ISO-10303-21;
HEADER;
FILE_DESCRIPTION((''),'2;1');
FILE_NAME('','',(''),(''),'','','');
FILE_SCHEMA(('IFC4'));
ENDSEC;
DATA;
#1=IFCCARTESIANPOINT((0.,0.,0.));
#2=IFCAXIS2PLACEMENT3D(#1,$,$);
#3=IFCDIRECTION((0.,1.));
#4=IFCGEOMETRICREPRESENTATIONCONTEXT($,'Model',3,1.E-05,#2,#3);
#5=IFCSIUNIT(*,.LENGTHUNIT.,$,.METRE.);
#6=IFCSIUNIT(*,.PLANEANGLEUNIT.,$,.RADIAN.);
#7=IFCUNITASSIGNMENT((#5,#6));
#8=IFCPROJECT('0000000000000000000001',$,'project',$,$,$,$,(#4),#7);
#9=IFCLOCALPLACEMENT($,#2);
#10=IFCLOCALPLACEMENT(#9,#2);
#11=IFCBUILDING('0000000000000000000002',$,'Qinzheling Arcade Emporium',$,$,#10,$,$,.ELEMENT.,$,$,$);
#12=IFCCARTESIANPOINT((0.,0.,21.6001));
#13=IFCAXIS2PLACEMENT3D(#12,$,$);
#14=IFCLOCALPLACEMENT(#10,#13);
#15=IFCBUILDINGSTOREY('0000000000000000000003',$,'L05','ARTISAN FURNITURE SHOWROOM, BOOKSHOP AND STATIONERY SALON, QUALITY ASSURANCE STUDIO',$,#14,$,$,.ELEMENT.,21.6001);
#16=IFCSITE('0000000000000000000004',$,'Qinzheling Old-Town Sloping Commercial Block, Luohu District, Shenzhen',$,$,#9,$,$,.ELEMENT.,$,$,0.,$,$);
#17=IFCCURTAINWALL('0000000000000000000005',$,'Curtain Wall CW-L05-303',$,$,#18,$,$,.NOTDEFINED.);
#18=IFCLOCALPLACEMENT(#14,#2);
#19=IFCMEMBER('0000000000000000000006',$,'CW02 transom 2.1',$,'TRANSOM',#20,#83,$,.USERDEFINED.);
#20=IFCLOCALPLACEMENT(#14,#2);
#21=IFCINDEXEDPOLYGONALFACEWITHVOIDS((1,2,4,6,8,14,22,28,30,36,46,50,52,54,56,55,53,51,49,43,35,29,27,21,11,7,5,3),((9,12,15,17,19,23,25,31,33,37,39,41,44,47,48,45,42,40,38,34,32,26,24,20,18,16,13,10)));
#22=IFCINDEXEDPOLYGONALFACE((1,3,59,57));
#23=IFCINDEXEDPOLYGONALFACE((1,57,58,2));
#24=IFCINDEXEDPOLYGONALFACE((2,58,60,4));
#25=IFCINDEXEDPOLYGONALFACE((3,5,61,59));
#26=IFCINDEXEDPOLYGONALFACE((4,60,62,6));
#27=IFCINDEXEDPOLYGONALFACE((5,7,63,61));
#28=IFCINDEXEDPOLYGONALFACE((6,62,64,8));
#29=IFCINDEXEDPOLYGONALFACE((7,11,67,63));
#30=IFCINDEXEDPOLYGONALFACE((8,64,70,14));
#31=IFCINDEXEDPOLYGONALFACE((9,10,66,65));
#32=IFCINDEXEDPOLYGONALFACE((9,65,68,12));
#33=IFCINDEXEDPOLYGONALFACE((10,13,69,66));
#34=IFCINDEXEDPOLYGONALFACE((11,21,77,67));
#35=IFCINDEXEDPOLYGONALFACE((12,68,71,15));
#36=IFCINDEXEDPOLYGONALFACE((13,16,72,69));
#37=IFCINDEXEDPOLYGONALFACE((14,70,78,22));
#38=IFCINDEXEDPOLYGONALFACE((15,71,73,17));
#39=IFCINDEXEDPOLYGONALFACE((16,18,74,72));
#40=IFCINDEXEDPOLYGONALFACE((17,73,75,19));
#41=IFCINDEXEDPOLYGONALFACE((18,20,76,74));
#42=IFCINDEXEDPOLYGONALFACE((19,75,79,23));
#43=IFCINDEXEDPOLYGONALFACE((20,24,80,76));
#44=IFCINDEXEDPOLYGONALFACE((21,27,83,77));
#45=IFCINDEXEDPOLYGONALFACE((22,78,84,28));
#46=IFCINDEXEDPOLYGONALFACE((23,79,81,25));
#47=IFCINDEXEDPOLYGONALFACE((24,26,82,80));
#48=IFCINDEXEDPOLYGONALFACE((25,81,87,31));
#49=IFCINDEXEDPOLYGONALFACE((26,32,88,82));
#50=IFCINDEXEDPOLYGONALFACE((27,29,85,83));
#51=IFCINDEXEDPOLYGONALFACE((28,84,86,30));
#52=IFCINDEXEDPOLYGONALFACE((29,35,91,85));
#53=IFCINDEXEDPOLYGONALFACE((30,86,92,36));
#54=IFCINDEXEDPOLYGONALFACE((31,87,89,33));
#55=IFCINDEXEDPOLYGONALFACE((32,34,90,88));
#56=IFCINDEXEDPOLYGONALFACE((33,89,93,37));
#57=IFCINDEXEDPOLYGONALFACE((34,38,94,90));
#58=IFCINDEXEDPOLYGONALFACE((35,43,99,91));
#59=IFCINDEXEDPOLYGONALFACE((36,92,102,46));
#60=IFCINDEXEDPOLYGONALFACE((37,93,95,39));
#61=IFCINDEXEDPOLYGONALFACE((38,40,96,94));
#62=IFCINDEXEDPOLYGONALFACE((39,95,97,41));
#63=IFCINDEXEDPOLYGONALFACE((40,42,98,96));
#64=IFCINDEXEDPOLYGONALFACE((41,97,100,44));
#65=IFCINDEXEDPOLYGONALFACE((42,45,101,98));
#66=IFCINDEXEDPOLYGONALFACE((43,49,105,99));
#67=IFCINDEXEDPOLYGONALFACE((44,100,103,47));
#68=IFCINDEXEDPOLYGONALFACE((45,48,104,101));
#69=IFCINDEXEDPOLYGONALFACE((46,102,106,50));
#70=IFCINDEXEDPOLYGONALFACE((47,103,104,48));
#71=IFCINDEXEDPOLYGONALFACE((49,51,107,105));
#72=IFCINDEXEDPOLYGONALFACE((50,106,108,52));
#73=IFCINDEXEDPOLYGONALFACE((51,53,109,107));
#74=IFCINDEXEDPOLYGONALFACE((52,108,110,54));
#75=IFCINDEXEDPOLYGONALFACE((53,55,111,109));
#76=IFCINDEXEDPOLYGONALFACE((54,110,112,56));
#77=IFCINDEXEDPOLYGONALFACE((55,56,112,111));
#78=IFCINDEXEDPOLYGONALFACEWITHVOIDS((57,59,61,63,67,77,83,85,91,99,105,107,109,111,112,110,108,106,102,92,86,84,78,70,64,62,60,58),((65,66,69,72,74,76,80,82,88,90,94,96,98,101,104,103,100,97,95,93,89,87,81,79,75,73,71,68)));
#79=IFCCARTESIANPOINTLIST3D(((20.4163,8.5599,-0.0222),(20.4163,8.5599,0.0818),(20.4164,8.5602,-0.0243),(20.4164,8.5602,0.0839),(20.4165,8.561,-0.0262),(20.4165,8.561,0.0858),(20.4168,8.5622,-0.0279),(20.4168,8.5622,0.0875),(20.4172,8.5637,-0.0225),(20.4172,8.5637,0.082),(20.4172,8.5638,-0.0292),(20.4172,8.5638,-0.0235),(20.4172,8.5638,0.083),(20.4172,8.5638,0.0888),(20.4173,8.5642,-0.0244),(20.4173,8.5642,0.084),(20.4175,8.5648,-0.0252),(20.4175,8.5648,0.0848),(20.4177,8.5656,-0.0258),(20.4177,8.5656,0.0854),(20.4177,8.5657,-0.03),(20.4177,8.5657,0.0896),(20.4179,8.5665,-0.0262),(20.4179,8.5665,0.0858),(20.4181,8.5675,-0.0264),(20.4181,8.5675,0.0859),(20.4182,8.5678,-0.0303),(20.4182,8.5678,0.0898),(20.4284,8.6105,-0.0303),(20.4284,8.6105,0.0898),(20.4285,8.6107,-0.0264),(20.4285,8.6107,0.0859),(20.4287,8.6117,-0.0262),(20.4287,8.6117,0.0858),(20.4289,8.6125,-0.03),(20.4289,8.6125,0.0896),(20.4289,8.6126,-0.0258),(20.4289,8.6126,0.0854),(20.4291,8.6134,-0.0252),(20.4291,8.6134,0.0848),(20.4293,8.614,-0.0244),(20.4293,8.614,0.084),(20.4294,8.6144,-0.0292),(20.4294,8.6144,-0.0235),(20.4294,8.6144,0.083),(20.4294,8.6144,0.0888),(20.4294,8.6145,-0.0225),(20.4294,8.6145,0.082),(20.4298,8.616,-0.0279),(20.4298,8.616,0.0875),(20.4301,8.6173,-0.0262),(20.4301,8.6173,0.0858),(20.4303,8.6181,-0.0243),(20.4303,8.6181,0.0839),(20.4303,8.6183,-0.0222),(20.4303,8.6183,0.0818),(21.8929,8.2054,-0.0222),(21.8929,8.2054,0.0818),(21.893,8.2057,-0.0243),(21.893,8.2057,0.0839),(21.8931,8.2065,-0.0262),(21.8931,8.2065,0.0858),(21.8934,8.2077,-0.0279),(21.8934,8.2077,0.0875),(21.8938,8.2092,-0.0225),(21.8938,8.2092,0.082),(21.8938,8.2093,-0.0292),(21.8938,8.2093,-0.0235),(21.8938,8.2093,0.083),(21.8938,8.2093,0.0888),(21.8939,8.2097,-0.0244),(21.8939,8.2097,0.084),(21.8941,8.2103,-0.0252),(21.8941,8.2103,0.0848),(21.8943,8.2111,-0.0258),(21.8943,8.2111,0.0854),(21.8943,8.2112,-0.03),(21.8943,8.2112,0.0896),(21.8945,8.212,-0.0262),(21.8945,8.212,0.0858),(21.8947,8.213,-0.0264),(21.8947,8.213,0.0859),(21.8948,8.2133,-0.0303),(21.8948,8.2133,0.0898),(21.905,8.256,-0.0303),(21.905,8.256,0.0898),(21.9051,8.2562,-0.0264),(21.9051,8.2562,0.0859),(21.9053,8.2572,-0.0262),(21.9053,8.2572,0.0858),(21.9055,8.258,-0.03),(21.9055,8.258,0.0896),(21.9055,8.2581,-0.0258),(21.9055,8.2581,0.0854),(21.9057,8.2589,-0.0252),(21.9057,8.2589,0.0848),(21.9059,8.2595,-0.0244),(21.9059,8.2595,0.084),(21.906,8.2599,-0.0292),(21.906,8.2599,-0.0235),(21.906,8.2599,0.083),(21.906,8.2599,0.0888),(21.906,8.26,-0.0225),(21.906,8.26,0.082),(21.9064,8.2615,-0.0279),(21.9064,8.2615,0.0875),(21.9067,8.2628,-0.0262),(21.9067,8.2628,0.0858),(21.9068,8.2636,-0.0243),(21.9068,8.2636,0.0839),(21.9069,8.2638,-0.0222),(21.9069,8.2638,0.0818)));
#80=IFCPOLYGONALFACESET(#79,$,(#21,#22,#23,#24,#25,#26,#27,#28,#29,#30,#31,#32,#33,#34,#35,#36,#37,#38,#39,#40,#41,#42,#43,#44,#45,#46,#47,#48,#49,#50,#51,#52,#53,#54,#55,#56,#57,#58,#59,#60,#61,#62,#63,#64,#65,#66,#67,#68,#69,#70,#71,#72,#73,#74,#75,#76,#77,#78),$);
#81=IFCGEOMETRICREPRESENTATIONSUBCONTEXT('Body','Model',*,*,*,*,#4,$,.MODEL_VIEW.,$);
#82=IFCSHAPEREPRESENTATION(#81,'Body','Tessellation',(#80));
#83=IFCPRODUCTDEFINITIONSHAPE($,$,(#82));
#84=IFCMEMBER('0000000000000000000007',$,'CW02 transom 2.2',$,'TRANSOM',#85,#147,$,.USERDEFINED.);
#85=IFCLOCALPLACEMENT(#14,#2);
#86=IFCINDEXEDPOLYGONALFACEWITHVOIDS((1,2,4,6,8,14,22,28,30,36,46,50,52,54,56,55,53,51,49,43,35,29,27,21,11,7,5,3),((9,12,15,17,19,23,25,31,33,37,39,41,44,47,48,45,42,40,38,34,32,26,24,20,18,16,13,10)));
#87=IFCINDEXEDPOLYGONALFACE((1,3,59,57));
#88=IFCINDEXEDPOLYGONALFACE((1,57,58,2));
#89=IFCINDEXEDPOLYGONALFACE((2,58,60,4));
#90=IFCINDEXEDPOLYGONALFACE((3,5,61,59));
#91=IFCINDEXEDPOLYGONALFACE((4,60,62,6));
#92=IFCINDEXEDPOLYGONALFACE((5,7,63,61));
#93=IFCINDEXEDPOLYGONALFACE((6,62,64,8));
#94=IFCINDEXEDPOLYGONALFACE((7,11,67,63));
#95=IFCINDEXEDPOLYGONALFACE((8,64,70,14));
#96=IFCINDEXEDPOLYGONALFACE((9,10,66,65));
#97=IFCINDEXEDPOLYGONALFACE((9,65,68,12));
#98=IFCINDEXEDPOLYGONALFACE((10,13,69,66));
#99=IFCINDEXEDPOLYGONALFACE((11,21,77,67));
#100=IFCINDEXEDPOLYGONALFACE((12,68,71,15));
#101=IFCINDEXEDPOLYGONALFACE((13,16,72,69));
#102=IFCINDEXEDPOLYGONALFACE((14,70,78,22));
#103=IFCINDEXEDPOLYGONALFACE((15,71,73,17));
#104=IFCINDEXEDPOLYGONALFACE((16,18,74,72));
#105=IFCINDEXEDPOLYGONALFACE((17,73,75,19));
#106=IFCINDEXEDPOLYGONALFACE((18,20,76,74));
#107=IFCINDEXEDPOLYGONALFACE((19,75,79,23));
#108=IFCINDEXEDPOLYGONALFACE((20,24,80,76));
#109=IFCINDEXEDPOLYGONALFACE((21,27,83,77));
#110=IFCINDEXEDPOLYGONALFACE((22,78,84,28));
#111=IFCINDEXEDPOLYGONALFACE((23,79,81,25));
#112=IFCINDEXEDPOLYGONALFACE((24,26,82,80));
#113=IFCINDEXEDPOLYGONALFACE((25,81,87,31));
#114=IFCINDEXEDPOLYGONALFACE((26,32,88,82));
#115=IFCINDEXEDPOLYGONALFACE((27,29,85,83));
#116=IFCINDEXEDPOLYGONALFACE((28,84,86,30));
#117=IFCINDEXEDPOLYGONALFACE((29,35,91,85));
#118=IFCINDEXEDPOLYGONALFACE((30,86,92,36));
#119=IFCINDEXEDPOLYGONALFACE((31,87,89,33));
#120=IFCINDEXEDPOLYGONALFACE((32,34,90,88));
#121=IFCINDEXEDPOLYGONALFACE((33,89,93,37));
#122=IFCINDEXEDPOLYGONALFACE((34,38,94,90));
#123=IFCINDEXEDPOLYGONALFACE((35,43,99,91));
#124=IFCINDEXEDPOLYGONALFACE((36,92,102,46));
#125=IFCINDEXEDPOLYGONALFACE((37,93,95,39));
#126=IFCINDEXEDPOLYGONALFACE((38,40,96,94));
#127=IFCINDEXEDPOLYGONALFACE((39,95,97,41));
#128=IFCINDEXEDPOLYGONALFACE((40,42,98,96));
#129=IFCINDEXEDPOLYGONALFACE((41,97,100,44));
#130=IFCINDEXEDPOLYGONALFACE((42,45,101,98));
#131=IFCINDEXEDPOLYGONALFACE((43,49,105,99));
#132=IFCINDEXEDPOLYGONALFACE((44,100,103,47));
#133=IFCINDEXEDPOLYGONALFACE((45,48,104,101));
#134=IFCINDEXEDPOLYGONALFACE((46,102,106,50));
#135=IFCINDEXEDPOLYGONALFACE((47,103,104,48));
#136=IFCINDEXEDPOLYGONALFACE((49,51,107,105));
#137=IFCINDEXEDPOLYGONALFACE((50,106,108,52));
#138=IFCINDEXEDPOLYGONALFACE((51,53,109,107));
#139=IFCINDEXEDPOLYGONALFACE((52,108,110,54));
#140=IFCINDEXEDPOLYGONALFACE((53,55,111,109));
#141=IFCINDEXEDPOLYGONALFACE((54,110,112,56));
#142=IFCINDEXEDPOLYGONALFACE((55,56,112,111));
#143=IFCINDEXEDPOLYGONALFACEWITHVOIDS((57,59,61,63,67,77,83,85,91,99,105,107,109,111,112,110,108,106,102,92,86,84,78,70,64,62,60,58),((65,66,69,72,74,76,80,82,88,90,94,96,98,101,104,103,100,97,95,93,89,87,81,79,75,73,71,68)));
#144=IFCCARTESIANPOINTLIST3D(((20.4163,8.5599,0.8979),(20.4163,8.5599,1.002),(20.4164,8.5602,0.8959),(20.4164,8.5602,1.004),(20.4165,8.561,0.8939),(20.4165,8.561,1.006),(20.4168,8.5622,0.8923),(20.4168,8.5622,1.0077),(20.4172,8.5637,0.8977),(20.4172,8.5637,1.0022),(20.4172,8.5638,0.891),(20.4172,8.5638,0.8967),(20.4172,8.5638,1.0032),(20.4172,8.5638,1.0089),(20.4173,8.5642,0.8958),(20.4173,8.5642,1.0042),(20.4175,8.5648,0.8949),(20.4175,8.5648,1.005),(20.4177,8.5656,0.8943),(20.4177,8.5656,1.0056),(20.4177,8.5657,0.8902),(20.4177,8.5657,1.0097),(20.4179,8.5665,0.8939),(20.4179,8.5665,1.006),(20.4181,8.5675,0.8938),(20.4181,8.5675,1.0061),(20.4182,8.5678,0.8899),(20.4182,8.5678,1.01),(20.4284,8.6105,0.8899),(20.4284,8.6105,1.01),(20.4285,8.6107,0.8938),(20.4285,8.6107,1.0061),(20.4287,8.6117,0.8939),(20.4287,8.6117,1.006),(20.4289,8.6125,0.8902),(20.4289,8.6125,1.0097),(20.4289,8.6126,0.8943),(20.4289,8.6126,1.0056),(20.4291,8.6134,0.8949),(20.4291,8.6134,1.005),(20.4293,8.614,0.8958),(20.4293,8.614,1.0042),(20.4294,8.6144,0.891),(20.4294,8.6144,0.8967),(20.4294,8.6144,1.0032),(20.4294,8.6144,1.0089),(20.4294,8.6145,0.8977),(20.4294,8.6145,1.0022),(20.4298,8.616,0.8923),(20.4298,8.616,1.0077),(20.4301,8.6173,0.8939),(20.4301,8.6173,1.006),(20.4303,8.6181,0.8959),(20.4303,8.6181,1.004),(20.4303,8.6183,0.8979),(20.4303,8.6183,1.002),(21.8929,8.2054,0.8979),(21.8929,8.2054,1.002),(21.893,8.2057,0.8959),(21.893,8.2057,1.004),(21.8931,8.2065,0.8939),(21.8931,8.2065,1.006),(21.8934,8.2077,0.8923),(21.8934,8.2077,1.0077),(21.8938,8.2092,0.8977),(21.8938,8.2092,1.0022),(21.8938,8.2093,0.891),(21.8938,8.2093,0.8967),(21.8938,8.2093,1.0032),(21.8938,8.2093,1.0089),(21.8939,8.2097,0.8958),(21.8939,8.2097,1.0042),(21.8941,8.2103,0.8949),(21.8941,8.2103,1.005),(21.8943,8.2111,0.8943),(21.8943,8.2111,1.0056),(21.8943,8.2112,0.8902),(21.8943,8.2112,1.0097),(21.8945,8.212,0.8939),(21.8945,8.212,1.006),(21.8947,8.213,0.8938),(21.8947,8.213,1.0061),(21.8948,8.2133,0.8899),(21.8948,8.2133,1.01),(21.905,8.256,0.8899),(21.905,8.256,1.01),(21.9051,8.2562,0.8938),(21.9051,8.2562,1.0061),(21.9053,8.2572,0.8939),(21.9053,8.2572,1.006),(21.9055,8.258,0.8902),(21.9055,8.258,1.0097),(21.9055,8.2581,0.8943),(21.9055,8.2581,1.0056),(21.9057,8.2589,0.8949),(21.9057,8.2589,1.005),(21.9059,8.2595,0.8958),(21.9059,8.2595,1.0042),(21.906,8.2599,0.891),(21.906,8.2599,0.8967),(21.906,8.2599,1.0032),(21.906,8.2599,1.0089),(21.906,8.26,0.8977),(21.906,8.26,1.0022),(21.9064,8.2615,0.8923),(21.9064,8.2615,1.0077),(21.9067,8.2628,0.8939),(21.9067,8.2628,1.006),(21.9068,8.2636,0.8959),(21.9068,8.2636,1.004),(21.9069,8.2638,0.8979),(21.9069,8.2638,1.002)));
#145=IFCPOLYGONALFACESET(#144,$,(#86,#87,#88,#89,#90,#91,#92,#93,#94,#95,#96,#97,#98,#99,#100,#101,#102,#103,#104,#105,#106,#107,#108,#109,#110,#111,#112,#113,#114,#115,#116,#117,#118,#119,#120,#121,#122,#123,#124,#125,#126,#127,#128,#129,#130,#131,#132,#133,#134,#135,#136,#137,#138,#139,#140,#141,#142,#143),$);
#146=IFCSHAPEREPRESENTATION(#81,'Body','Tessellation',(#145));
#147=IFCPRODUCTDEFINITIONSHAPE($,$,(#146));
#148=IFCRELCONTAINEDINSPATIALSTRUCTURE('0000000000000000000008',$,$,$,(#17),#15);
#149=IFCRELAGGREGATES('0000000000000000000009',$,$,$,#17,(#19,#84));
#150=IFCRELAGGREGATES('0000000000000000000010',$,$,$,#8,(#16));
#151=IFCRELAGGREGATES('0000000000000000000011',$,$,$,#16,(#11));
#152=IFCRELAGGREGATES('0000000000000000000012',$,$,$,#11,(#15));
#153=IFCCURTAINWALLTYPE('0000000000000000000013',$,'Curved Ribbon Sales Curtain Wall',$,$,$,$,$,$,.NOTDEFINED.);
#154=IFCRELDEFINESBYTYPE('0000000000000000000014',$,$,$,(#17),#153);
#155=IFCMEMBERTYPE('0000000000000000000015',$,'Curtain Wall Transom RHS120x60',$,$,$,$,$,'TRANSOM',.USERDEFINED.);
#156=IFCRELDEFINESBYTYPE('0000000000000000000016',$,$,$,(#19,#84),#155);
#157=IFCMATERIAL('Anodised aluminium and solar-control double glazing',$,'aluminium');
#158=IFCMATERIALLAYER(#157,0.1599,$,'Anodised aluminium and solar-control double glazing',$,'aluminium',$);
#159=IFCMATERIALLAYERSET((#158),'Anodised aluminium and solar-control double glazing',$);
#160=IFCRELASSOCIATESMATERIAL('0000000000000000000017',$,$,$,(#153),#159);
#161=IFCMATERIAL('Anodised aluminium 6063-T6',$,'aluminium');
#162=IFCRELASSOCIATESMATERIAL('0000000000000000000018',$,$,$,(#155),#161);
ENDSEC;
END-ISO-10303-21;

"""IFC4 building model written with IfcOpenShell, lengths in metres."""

from ifc_helpers import new_model, si_unit, direction, frame, origin, origin_2d, place, context, subcontext, project, spatial, hollow_rectangle, extrude, material, layer, layer_set, material_profile, profile_set, type_object, element, aggregate, save


model = new_model("IFC4")

# Units and contexts
model_context = context("Model", 3, precision=1e-05, world=origin(), true_north=direction((0.0, 1.0)))
body_context = subcontext(model_context, "Body", "Model", "MODEL_VIEW")
ifc_project = project(units=[si_unit("LENGTHUNIT", "METRE"), si_unit("PLANEANGLEUNIT", "RADIAN")], contexts=[model_context])

# Site, building, storey
site_placement = place(None, origin())
site = spatial("IfcSite", under=ifc_project, at=site_placement, Name="Qinzheling Old-Town Sloping Commercial Block, Luohu District, Shenzhen", CompositionType="ELEMENT", RefElevation=0.0)
building_placement = place(site_placement, origin())
building = spatial("IfcBuilding", under=site, at=building_placement, Name="Qinzheling Arcade Emporium", CompositionType="ELEMENT")
storey_placement = place(building_placement, frame((0.0, 0.0, 21.6001)))
storey = spatial("IfcBuildingStorey", under=building, at=storey_placement, Name="L05", Description="ARTISAN FURNITURE SHOWROOM, BOOKSHOP AND STATIONERY SALON, QUALITY ASSURANCE STUDIO", CompositionType="ELEMENT", Elevation=21.6001)

# Curtain wall
ifc_material_1 = material(Name="Anodised aluminium and solar-control double glazing", Category="aluminium")
ifc_layer_1 = layer(ifc_material_1, 0.1599, Name="Anodised aluminium and solar-control double glazing", Category="aluminium")
ifc_layer_set_1 = layer_set([ifc_layer_1], Name="Anodised aluminium and solar-control double glazing")
curtain_wall_type = type_object("IfcCurtainWallType", Name="Curved Ribbon Sales Curtain Wall", PredefinedType="NOTDEFINED", material=ifc_layer_set_1)
curtain_wall_1_placement = place(storey_placement, origin())
curtain_wall_1 = element("IfcCurtainWall", 1, at=curtain_wall_1_placement, inside=storey, type_object=curtain_wall_type, Name="Curtain Wall CW-L05-303", PredefinedType="NOTDEFINED")
ifc_material_2 = material(Name="Anodised aluminium 6063-T6", Category="aluminium")

# Members
ifc_material_profile_1 = material_profile(ifc_material_2, hollow_rectangle(XDim=0.0601, YDim=0.1201, WallThickness=0.0039, InnerFilletRadius=0.0039, OuterFilletRadius=0.0081, at=origin_2d()), Name="RHS 120x60x4", Category="aluminium")
ifc_profile_set_1 = profile_set([ifc_material_profile_1], Name="Anodised aluminium 6063-T6")
member_type_1 = type_object("IfcMemberType", Name="Curtain Wall Transom RHS120x60", ElementType="TRANSOM", PredefinedType="USERDEFINED", material=ifc_profile_set_1)
member_1_placement = place(storey_placement, frame((21.8999, 8.2346, 0.0298), z_axis=(-0.97237, 0.233446, 0.0), x_axis=(-0.233446, -0.97237, 0.0)))
member_1 = element("IfcMember", 2, at=member_1_placement, type_object=member_type_1, Name="CW02 transom 2.1", ObjectType="TRANSOM", PredefinedType="USERDEFINED", context=body_context, shape_type="SweptSolid", body=[
    extrude(hollow_rectangle(XDim=0.0601, YDim=0.1201, WallThickness=0.0039, InnerFilletRadius=0.0039, OuterFilletRadius=0.0081, at=origin_2d()), origin(), (0.0, 0.0, 1.0), 1.5186),
])
member_2_placement = place(storey_placement, frame((21.8999, 8.2346, 0.95), z_axis=(-0.97237, 0.233446, 0.0), x_axis=(-0.233446, -0.97237, 0.0)))
member_2 = element("IfcMember", 3, at=member_2_placement, type_object=member_type_1, Name="CW02 transom 2.2", ObjectType="TRANSOM", PredefinedType="USERDEFINED", context=body_context, shape_type="SweptSolid", body=[
    extrude(hollow_rectangle(XDim=0.0601, YDim=0.1201, WallThickness=0.0039, InnerFilletRadius=0.0039, OuterFilletRadius=0.0081, at=origin_2d()), origin(), (0.0, 0.0, 1.0), 1.5186),
])

aggregate(curtain_wall_1, [member_1, member_2])

save(model, "model.ifc")
